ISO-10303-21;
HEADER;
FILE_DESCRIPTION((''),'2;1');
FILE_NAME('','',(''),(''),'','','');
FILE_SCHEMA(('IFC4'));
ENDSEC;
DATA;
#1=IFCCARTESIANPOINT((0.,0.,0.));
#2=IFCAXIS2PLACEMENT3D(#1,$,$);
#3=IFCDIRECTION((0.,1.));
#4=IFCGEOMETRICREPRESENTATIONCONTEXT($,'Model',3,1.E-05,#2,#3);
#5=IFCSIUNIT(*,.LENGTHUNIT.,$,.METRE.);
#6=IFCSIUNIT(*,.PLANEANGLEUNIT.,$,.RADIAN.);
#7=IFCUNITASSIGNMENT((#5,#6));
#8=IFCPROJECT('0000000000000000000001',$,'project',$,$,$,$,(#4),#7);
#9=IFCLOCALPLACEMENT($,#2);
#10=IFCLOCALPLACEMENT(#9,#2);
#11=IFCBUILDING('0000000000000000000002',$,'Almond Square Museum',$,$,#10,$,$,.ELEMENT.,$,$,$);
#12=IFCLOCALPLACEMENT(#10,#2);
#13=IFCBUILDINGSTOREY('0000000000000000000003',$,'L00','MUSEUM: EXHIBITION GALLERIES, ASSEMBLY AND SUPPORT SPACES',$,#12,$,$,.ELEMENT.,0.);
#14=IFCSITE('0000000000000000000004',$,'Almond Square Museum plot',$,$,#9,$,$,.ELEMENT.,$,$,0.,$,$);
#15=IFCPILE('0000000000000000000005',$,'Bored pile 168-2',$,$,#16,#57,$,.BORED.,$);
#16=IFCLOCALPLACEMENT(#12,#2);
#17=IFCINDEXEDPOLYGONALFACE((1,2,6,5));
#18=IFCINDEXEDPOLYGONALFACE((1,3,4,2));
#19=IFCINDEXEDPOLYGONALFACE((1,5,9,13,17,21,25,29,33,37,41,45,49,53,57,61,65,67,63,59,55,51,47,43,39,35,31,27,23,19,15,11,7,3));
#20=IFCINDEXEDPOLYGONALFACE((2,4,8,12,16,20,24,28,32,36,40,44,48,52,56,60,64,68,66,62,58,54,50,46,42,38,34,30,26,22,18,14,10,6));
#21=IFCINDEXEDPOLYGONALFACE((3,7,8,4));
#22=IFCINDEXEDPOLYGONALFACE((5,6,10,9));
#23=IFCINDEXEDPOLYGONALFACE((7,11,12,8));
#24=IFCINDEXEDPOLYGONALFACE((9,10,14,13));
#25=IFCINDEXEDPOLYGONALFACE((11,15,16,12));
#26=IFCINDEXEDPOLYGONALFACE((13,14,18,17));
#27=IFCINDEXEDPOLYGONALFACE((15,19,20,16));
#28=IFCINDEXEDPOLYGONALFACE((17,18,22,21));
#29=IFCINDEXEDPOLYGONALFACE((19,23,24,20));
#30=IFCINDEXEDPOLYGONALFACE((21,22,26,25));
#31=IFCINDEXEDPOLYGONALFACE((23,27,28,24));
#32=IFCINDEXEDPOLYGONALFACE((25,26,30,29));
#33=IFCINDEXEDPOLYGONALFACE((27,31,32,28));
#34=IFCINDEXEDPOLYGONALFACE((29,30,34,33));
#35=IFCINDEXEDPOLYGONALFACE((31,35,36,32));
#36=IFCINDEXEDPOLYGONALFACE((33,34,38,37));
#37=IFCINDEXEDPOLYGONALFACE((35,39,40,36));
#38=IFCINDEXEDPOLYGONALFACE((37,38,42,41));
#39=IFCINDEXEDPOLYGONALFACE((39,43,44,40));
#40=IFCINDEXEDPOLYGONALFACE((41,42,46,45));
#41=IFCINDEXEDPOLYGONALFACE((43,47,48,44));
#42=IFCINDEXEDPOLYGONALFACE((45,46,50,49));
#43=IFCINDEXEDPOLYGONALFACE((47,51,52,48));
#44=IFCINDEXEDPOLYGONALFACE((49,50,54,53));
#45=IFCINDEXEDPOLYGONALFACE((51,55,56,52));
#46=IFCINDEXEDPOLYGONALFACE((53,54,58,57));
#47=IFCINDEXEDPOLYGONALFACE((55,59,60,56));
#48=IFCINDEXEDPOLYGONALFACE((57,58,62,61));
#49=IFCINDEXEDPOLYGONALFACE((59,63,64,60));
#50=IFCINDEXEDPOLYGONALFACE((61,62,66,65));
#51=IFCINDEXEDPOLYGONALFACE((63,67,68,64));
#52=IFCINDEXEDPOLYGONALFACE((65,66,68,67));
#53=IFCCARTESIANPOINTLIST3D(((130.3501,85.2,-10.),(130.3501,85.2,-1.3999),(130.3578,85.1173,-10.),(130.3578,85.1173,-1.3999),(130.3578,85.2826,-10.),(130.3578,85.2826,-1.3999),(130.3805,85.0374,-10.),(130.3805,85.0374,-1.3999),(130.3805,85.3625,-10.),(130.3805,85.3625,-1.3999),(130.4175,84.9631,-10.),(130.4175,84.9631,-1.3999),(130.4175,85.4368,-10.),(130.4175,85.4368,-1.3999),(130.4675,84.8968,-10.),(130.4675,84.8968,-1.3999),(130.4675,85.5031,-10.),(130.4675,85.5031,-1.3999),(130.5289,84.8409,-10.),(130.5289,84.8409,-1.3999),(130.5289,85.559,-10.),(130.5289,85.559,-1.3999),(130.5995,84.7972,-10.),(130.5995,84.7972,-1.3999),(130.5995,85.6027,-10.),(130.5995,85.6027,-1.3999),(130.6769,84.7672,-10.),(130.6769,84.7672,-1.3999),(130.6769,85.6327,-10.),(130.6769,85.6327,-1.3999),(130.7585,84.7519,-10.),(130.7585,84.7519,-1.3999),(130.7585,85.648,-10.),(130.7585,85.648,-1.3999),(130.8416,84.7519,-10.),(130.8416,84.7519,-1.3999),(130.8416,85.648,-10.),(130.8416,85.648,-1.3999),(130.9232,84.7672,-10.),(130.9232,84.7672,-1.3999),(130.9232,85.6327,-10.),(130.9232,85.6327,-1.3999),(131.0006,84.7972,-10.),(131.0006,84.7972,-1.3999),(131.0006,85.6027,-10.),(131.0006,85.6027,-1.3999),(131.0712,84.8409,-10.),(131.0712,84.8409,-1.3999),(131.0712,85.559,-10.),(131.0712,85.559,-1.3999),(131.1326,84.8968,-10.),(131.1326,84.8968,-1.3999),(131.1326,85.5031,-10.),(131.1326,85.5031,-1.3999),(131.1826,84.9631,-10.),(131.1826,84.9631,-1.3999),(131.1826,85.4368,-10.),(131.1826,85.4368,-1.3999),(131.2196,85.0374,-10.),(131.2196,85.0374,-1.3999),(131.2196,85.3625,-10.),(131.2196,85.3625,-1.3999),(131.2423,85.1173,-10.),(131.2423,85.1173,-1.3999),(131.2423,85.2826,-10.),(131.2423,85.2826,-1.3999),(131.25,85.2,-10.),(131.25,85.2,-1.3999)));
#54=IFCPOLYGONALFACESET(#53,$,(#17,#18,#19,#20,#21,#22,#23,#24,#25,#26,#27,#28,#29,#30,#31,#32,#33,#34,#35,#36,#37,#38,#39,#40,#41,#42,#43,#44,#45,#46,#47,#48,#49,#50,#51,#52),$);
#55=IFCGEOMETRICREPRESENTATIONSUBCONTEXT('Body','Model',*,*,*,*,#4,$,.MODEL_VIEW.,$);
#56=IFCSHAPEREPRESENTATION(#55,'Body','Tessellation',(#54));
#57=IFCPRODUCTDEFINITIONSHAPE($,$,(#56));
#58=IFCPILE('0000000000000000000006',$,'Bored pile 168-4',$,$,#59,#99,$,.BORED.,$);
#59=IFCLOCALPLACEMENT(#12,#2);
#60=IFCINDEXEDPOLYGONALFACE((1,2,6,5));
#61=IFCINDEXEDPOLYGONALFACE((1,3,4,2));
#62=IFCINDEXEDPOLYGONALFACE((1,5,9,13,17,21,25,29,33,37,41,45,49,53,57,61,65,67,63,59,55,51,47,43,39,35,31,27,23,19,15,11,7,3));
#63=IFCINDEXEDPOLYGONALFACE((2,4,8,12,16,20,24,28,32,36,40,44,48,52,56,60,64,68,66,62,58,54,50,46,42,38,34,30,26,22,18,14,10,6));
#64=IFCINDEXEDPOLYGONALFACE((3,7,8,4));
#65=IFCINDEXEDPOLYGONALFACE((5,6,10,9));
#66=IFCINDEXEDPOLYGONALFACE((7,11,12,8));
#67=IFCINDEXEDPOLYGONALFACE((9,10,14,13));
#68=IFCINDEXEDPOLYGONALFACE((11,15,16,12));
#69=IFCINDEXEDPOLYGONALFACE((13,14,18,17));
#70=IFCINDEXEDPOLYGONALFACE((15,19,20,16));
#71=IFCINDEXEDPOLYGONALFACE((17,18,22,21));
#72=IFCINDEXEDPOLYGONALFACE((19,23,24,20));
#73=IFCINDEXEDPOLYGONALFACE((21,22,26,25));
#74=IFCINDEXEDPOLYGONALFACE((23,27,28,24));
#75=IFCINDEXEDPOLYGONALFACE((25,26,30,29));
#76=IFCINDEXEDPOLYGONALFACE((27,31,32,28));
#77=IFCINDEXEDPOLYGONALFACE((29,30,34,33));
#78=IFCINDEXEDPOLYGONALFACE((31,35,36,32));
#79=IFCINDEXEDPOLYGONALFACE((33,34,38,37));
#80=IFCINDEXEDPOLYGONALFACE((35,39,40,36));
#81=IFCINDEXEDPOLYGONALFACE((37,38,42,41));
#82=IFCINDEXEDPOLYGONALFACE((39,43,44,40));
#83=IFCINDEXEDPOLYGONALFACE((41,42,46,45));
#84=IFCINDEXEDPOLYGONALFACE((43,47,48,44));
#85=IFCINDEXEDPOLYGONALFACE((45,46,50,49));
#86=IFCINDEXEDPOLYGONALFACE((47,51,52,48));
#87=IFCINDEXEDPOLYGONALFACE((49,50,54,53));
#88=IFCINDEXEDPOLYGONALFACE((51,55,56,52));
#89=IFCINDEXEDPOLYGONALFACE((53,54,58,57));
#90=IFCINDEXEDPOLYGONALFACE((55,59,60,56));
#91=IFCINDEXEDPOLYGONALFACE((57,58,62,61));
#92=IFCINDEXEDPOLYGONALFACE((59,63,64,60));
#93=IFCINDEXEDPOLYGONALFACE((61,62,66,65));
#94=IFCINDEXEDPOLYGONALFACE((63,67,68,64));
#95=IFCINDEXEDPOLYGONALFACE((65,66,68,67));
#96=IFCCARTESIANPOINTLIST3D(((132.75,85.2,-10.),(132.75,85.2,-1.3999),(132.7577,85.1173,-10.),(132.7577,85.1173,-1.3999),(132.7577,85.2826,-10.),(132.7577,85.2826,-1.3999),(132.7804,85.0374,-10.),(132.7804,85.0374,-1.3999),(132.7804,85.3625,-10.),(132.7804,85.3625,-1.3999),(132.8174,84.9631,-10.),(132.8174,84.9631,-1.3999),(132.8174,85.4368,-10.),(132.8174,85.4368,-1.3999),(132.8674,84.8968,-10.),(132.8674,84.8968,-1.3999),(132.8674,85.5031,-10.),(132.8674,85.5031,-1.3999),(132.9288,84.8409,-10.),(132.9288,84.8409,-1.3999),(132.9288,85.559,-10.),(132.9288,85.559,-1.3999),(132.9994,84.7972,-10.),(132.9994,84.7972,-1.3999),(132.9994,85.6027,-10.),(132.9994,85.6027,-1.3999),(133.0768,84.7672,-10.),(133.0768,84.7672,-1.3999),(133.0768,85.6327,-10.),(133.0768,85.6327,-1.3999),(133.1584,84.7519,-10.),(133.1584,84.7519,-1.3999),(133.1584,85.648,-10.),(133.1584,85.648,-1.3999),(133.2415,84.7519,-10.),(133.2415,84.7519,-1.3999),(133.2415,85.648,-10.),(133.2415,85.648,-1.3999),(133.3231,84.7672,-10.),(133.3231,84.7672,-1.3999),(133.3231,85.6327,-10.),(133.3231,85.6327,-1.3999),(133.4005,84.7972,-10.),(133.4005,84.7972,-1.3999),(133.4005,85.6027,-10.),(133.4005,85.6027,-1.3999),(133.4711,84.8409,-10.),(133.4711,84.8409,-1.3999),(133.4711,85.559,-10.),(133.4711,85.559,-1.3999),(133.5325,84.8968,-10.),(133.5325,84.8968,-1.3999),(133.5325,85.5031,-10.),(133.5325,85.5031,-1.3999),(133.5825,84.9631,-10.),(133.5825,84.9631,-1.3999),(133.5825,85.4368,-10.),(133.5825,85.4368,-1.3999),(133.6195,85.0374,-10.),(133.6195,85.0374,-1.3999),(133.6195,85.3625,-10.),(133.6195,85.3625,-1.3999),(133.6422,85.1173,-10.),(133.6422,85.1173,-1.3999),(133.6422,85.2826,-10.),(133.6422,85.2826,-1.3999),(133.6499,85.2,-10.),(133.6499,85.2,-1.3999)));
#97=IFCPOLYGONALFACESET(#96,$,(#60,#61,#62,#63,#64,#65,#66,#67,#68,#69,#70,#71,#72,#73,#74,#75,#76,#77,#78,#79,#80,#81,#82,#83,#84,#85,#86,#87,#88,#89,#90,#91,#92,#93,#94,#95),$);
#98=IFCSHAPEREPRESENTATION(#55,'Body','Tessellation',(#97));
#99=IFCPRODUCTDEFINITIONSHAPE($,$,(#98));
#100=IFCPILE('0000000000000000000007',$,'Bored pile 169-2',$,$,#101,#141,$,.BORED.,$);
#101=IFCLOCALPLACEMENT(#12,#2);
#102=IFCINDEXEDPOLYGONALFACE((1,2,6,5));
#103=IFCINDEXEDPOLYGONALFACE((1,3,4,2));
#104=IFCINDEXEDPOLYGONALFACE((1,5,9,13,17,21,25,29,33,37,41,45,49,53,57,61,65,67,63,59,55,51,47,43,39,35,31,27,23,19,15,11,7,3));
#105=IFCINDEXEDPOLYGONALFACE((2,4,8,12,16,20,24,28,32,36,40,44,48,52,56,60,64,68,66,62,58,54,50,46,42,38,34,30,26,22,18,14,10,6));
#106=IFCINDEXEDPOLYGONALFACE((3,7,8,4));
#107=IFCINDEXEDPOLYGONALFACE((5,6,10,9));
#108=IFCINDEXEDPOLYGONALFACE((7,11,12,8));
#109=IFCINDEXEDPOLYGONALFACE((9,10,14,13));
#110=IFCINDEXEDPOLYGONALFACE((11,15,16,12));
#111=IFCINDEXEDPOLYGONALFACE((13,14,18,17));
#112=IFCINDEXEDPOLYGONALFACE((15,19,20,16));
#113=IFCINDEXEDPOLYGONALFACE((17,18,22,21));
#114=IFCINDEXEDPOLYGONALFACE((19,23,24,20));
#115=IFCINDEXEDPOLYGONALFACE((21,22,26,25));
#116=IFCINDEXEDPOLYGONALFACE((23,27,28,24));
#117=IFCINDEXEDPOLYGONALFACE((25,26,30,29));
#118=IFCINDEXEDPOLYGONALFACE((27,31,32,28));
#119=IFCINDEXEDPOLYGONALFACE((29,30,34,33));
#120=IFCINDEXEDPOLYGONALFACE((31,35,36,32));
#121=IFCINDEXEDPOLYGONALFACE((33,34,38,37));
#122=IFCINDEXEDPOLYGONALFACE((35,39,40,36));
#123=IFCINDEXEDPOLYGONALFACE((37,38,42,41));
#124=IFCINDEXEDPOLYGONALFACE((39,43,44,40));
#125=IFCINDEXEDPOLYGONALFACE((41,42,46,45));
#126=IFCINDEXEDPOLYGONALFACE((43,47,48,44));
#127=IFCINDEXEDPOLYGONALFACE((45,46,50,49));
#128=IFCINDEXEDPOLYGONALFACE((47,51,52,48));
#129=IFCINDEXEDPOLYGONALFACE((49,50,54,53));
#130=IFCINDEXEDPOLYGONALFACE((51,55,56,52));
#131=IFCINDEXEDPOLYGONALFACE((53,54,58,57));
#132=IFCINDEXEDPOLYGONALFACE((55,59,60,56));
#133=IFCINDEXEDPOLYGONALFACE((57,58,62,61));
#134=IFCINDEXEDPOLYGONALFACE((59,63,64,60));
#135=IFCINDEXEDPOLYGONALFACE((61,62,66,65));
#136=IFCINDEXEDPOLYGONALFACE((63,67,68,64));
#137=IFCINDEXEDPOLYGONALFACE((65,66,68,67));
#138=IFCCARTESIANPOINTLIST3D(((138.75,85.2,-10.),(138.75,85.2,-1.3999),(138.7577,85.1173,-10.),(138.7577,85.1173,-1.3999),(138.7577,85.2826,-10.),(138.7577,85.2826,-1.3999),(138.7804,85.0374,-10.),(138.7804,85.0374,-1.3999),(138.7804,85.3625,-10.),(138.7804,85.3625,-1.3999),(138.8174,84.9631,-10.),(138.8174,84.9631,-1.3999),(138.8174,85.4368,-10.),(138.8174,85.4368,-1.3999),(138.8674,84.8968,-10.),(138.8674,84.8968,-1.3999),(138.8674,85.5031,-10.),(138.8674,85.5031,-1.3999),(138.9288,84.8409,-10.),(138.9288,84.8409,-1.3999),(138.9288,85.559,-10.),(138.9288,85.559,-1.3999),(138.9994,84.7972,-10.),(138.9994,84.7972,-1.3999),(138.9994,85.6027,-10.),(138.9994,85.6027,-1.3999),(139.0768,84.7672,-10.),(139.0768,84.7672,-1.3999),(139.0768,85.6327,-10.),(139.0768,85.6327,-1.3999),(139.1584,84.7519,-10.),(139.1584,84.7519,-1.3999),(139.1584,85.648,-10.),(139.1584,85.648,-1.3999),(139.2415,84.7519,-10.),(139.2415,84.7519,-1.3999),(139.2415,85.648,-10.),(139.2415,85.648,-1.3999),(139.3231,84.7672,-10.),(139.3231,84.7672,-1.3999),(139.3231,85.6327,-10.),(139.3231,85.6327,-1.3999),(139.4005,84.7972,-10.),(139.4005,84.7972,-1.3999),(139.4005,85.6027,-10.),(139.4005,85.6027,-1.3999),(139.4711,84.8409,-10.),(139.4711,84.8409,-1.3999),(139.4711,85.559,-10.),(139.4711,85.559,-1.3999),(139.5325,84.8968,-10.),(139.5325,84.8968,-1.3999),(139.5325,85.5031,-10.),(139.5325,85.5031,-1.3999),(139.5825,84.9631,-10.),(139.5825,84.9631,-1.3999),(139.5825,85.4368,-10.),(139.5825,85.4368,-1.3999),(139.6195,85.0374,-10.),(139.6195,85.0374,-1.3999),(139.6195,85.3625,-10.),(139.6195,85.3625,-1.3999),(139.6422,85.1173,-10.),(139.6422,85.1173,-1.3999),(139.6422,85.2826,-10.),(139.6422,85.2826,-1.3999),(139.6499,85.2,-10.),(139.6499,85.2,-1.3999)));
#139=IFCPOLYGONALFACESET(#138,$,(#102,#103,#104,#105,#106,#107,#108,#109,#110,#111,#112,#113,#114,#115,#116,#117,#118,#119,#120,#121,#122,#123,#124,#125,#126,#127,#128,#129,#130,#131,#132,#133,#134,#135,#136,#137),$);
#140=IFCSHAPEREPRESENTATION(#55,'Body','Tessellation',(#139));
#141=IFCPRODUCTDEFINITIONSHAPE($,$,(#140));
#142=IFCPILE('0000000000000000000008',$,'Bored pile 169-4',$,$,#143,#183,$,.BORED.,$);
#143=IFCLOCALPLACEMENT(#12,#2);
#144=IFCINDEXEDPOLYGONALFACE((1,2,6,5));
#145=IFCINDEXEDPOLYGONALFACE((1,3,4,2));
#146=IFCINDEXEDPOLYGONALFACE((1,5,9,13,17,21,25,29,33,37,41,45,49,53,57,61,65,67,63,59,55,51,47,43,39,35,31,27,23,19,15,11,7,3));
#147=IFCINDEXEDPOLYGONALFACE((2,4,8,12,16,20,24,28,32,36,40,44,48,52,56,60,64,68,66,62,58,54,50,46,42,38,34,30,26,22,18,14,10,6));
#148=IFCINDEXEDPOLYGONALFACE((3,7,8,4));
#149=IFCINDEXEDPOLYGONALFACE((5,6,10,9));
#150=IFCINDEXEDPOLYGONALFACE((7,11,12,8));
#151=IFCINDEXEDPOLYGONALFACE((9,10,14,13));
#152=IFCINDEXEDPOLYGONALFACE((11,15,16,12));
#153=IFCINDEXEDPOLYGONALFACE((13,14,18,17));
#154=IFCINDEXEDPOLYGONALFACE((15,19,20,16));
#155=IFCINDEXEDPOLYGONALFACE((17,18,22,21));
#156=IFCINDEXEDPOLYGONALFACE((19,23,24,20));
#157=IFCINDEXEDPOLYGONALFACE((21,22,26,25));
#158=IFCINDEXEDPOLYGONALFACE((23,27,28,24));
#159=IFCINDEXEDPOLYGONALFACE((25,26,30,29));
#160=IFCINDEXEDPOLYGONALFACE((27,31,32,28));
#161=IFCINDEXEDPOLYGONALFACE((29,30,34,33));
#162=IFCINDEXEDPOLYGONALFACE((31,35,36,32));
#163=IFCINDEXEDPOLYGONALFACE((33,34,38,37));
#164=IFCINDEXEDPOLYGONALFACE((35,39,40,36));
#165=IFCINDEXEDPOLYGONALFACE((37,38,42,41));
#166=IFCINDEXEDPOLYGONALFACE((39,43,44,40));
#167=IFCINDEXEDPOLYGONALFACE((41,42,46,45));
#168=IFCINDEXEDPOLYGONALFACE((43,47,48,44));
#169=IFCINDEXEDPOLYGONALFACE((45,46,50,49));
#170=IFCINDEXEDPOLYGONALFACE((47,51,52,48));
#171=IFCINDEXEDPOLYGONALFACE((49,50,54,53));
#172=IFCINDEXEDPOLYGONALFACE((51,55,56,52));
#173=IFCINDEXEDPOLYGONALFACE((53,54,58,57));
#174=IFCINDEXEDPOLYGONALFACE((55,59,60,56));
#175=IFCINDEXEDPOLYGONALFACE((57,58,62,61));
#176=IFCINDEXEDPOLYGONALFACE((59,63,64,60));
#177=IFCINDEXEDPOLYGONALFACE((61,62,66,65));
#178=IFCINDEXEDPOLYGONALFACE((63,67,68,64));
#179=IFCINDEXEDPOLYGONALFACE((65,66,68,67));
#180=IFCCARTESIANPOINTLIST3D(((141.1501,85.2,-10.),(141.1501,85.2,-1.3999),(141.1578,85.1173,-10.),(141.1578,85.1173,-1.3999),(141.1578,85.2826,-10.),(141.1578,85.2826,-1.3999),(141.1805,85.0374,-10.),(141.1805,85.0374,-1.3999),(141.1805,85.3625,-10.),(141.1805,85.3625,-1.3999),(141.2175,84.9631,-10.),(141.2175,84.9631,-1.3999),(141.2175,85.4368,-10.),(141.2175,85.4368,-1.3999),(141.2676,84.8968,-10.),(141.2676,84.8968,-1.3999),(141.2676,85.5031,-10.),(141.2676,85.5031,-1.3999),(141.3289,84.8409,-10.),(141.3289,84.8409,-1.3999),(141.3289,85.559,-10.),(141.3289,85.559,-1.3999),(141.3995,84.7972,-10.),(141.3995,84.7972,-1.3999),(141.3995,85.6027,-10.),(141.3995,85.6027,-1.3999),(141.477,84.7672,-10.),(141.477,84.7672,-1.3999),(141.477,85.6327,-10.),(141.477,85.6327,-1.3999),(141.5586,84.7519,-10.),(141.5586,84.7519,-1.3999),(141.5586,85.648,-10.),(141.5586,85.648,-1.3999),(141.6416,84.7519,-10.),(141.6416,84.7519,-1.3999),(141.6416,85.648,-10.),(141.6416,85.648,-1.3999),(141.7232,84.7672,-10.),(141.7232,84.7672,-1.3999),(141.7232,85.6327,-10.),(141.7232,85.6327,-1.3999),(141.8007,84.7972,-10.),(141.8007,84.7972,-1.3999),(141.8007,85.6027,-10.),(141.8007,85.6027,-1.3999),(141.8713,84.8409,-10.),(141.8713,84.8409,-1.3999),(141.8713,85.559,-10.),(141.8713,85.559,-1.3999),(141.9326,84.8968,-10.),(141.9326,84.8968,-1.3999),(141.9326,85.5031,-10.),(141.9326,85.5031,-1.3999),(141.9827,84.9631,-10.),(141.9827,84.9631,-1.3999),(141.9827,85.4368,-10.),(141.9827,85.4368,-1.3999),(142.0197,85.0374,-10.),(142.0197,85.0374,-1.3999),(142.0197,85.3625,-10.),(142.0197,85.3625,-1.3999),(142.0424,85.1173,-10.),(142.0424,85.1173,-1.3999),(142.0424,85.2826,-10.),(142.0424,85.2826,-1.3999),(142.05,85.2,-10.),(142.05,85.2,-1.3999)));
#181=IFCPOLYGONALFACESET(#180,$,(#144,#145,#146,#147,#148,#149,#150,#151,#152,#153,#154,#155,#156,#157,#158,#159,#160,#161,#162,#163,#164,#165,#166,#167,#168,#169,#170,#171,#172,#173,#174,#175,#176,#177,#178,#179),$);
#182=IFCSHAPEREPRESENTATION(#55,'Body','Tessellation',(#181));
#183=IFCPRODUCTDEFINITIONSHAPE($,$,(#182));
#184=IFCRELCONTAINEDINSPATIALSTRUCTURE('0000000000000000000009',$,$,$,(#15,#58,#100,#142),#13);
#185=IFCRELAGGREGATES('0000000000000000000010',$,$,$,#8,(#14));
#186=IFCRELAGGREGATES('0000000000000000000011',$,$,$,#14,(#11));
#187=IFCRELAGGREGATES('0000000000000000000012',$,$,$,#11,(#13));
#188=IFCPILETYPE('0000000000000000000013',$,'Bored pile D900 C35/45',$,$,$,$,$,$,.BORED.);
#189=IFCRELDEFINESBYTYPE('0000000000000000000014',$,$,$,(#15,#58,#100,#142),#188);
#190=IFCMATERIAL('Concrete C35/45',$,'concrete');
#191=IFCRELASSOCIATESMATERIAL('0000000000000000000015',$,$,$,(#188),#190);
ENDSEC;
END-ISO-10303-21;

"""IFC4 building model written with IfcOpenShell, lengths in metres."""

from ifc_helpers import new_model, si_unit, direction, frame, origin, origin_2d, place, context, subcontext, project, spatial, circle, extrude, material, material_profile, profile_set, type_object, element, save


model = new_model("IFC4")

# Units and contexts
model_context = context("Model", 3, precision=1e-05, world=origin(), true_north=direction((0.0, 1.0)))
body_context = subcontext(model_context, "Body", "Model", "MODEL_VIEW")
ifc_project = project(units=[si_unit("LENGTHUNIT", "METRE"), si_unit("PLANEANGLEUNIT", "RADIAN")], contexts=[model_context])

# Site, building, storey
site_placement = place(None, origin())
site = spatial("IfcSite", under=ifc_project, at=site_placement, Name="Almond Square Museum plot", CompositionType="ELEMENT", RefElevation=0.0)
building_placement = place(site_placement, origin())
building = spatial("IfcBuilding", under=site, at=building_placement, Name="Almond Square Museum", CompositionType="ELEMENT")
storey_placement = place(building_placement, origin())
storey = spatial("IfcBuildingStorey", under=building, at=storey_placement, Name="L00", Description="MUSEUM: EXHIBITION GALLERIES, ASSEMBLY AND SUPPORT SPACES", CompositionType="ELEMENT", Elevation=0.0)

# Piles
ifc_material_1 = material(Name="Concrete C35/45", Category="concrete")
ifc_material_profile_1 = material_profile(ifc_material_1, circle(Radius=0.45, at=origin_2d()))
ifc_profile_set_1 = profile_set([ifc_material_profile_1], Name="Concrete C35/45")
pile_type = type_object("IfcPileType", Name="Bored pile D900 C35/45", PredefinedType="BORED", material=ifc_profile_set_1)
for number, where, z_axis, x_axis, name in (
    (1, (130.8, 85.2, -1.3999), (0.0, 0.0, -1.0), (1.0, 0.0, 0.0), "Bored pile 168-2"),
    (2, (133.2, 85.2, -1.3999), (0.0, 0.0, -1.0), (1.0, 0.0, 0.0), "Bored pile 168-4"),
    (3, (139.2, 85.2, -1.3999), (0.0, 0.0, -1.0), (1.0, 0.0, 0.0), "Bored pile 169-2"),
    (4, (141.6001, 85.2, -1.3999), (0.0, 0.0, -1.0), (1.0, 0.0, 0.0), "Bored pile 169-4"),
):
    element("IfcPile", number, at=place(storey_placement, frame(where, z_axis=z_axis, x_axis=x_axis)), inside=storey, type_object=pile_type, Name=name, PredefinedType="BORED", context=body_context, shape_type="SweptSolid", body=[
        extrude(circle(Radius=0.45, at=origin_2d()), origin(), (0.0, 0.0, 1.0), 8.6001),
    ])

save(model, "model.ifc")
